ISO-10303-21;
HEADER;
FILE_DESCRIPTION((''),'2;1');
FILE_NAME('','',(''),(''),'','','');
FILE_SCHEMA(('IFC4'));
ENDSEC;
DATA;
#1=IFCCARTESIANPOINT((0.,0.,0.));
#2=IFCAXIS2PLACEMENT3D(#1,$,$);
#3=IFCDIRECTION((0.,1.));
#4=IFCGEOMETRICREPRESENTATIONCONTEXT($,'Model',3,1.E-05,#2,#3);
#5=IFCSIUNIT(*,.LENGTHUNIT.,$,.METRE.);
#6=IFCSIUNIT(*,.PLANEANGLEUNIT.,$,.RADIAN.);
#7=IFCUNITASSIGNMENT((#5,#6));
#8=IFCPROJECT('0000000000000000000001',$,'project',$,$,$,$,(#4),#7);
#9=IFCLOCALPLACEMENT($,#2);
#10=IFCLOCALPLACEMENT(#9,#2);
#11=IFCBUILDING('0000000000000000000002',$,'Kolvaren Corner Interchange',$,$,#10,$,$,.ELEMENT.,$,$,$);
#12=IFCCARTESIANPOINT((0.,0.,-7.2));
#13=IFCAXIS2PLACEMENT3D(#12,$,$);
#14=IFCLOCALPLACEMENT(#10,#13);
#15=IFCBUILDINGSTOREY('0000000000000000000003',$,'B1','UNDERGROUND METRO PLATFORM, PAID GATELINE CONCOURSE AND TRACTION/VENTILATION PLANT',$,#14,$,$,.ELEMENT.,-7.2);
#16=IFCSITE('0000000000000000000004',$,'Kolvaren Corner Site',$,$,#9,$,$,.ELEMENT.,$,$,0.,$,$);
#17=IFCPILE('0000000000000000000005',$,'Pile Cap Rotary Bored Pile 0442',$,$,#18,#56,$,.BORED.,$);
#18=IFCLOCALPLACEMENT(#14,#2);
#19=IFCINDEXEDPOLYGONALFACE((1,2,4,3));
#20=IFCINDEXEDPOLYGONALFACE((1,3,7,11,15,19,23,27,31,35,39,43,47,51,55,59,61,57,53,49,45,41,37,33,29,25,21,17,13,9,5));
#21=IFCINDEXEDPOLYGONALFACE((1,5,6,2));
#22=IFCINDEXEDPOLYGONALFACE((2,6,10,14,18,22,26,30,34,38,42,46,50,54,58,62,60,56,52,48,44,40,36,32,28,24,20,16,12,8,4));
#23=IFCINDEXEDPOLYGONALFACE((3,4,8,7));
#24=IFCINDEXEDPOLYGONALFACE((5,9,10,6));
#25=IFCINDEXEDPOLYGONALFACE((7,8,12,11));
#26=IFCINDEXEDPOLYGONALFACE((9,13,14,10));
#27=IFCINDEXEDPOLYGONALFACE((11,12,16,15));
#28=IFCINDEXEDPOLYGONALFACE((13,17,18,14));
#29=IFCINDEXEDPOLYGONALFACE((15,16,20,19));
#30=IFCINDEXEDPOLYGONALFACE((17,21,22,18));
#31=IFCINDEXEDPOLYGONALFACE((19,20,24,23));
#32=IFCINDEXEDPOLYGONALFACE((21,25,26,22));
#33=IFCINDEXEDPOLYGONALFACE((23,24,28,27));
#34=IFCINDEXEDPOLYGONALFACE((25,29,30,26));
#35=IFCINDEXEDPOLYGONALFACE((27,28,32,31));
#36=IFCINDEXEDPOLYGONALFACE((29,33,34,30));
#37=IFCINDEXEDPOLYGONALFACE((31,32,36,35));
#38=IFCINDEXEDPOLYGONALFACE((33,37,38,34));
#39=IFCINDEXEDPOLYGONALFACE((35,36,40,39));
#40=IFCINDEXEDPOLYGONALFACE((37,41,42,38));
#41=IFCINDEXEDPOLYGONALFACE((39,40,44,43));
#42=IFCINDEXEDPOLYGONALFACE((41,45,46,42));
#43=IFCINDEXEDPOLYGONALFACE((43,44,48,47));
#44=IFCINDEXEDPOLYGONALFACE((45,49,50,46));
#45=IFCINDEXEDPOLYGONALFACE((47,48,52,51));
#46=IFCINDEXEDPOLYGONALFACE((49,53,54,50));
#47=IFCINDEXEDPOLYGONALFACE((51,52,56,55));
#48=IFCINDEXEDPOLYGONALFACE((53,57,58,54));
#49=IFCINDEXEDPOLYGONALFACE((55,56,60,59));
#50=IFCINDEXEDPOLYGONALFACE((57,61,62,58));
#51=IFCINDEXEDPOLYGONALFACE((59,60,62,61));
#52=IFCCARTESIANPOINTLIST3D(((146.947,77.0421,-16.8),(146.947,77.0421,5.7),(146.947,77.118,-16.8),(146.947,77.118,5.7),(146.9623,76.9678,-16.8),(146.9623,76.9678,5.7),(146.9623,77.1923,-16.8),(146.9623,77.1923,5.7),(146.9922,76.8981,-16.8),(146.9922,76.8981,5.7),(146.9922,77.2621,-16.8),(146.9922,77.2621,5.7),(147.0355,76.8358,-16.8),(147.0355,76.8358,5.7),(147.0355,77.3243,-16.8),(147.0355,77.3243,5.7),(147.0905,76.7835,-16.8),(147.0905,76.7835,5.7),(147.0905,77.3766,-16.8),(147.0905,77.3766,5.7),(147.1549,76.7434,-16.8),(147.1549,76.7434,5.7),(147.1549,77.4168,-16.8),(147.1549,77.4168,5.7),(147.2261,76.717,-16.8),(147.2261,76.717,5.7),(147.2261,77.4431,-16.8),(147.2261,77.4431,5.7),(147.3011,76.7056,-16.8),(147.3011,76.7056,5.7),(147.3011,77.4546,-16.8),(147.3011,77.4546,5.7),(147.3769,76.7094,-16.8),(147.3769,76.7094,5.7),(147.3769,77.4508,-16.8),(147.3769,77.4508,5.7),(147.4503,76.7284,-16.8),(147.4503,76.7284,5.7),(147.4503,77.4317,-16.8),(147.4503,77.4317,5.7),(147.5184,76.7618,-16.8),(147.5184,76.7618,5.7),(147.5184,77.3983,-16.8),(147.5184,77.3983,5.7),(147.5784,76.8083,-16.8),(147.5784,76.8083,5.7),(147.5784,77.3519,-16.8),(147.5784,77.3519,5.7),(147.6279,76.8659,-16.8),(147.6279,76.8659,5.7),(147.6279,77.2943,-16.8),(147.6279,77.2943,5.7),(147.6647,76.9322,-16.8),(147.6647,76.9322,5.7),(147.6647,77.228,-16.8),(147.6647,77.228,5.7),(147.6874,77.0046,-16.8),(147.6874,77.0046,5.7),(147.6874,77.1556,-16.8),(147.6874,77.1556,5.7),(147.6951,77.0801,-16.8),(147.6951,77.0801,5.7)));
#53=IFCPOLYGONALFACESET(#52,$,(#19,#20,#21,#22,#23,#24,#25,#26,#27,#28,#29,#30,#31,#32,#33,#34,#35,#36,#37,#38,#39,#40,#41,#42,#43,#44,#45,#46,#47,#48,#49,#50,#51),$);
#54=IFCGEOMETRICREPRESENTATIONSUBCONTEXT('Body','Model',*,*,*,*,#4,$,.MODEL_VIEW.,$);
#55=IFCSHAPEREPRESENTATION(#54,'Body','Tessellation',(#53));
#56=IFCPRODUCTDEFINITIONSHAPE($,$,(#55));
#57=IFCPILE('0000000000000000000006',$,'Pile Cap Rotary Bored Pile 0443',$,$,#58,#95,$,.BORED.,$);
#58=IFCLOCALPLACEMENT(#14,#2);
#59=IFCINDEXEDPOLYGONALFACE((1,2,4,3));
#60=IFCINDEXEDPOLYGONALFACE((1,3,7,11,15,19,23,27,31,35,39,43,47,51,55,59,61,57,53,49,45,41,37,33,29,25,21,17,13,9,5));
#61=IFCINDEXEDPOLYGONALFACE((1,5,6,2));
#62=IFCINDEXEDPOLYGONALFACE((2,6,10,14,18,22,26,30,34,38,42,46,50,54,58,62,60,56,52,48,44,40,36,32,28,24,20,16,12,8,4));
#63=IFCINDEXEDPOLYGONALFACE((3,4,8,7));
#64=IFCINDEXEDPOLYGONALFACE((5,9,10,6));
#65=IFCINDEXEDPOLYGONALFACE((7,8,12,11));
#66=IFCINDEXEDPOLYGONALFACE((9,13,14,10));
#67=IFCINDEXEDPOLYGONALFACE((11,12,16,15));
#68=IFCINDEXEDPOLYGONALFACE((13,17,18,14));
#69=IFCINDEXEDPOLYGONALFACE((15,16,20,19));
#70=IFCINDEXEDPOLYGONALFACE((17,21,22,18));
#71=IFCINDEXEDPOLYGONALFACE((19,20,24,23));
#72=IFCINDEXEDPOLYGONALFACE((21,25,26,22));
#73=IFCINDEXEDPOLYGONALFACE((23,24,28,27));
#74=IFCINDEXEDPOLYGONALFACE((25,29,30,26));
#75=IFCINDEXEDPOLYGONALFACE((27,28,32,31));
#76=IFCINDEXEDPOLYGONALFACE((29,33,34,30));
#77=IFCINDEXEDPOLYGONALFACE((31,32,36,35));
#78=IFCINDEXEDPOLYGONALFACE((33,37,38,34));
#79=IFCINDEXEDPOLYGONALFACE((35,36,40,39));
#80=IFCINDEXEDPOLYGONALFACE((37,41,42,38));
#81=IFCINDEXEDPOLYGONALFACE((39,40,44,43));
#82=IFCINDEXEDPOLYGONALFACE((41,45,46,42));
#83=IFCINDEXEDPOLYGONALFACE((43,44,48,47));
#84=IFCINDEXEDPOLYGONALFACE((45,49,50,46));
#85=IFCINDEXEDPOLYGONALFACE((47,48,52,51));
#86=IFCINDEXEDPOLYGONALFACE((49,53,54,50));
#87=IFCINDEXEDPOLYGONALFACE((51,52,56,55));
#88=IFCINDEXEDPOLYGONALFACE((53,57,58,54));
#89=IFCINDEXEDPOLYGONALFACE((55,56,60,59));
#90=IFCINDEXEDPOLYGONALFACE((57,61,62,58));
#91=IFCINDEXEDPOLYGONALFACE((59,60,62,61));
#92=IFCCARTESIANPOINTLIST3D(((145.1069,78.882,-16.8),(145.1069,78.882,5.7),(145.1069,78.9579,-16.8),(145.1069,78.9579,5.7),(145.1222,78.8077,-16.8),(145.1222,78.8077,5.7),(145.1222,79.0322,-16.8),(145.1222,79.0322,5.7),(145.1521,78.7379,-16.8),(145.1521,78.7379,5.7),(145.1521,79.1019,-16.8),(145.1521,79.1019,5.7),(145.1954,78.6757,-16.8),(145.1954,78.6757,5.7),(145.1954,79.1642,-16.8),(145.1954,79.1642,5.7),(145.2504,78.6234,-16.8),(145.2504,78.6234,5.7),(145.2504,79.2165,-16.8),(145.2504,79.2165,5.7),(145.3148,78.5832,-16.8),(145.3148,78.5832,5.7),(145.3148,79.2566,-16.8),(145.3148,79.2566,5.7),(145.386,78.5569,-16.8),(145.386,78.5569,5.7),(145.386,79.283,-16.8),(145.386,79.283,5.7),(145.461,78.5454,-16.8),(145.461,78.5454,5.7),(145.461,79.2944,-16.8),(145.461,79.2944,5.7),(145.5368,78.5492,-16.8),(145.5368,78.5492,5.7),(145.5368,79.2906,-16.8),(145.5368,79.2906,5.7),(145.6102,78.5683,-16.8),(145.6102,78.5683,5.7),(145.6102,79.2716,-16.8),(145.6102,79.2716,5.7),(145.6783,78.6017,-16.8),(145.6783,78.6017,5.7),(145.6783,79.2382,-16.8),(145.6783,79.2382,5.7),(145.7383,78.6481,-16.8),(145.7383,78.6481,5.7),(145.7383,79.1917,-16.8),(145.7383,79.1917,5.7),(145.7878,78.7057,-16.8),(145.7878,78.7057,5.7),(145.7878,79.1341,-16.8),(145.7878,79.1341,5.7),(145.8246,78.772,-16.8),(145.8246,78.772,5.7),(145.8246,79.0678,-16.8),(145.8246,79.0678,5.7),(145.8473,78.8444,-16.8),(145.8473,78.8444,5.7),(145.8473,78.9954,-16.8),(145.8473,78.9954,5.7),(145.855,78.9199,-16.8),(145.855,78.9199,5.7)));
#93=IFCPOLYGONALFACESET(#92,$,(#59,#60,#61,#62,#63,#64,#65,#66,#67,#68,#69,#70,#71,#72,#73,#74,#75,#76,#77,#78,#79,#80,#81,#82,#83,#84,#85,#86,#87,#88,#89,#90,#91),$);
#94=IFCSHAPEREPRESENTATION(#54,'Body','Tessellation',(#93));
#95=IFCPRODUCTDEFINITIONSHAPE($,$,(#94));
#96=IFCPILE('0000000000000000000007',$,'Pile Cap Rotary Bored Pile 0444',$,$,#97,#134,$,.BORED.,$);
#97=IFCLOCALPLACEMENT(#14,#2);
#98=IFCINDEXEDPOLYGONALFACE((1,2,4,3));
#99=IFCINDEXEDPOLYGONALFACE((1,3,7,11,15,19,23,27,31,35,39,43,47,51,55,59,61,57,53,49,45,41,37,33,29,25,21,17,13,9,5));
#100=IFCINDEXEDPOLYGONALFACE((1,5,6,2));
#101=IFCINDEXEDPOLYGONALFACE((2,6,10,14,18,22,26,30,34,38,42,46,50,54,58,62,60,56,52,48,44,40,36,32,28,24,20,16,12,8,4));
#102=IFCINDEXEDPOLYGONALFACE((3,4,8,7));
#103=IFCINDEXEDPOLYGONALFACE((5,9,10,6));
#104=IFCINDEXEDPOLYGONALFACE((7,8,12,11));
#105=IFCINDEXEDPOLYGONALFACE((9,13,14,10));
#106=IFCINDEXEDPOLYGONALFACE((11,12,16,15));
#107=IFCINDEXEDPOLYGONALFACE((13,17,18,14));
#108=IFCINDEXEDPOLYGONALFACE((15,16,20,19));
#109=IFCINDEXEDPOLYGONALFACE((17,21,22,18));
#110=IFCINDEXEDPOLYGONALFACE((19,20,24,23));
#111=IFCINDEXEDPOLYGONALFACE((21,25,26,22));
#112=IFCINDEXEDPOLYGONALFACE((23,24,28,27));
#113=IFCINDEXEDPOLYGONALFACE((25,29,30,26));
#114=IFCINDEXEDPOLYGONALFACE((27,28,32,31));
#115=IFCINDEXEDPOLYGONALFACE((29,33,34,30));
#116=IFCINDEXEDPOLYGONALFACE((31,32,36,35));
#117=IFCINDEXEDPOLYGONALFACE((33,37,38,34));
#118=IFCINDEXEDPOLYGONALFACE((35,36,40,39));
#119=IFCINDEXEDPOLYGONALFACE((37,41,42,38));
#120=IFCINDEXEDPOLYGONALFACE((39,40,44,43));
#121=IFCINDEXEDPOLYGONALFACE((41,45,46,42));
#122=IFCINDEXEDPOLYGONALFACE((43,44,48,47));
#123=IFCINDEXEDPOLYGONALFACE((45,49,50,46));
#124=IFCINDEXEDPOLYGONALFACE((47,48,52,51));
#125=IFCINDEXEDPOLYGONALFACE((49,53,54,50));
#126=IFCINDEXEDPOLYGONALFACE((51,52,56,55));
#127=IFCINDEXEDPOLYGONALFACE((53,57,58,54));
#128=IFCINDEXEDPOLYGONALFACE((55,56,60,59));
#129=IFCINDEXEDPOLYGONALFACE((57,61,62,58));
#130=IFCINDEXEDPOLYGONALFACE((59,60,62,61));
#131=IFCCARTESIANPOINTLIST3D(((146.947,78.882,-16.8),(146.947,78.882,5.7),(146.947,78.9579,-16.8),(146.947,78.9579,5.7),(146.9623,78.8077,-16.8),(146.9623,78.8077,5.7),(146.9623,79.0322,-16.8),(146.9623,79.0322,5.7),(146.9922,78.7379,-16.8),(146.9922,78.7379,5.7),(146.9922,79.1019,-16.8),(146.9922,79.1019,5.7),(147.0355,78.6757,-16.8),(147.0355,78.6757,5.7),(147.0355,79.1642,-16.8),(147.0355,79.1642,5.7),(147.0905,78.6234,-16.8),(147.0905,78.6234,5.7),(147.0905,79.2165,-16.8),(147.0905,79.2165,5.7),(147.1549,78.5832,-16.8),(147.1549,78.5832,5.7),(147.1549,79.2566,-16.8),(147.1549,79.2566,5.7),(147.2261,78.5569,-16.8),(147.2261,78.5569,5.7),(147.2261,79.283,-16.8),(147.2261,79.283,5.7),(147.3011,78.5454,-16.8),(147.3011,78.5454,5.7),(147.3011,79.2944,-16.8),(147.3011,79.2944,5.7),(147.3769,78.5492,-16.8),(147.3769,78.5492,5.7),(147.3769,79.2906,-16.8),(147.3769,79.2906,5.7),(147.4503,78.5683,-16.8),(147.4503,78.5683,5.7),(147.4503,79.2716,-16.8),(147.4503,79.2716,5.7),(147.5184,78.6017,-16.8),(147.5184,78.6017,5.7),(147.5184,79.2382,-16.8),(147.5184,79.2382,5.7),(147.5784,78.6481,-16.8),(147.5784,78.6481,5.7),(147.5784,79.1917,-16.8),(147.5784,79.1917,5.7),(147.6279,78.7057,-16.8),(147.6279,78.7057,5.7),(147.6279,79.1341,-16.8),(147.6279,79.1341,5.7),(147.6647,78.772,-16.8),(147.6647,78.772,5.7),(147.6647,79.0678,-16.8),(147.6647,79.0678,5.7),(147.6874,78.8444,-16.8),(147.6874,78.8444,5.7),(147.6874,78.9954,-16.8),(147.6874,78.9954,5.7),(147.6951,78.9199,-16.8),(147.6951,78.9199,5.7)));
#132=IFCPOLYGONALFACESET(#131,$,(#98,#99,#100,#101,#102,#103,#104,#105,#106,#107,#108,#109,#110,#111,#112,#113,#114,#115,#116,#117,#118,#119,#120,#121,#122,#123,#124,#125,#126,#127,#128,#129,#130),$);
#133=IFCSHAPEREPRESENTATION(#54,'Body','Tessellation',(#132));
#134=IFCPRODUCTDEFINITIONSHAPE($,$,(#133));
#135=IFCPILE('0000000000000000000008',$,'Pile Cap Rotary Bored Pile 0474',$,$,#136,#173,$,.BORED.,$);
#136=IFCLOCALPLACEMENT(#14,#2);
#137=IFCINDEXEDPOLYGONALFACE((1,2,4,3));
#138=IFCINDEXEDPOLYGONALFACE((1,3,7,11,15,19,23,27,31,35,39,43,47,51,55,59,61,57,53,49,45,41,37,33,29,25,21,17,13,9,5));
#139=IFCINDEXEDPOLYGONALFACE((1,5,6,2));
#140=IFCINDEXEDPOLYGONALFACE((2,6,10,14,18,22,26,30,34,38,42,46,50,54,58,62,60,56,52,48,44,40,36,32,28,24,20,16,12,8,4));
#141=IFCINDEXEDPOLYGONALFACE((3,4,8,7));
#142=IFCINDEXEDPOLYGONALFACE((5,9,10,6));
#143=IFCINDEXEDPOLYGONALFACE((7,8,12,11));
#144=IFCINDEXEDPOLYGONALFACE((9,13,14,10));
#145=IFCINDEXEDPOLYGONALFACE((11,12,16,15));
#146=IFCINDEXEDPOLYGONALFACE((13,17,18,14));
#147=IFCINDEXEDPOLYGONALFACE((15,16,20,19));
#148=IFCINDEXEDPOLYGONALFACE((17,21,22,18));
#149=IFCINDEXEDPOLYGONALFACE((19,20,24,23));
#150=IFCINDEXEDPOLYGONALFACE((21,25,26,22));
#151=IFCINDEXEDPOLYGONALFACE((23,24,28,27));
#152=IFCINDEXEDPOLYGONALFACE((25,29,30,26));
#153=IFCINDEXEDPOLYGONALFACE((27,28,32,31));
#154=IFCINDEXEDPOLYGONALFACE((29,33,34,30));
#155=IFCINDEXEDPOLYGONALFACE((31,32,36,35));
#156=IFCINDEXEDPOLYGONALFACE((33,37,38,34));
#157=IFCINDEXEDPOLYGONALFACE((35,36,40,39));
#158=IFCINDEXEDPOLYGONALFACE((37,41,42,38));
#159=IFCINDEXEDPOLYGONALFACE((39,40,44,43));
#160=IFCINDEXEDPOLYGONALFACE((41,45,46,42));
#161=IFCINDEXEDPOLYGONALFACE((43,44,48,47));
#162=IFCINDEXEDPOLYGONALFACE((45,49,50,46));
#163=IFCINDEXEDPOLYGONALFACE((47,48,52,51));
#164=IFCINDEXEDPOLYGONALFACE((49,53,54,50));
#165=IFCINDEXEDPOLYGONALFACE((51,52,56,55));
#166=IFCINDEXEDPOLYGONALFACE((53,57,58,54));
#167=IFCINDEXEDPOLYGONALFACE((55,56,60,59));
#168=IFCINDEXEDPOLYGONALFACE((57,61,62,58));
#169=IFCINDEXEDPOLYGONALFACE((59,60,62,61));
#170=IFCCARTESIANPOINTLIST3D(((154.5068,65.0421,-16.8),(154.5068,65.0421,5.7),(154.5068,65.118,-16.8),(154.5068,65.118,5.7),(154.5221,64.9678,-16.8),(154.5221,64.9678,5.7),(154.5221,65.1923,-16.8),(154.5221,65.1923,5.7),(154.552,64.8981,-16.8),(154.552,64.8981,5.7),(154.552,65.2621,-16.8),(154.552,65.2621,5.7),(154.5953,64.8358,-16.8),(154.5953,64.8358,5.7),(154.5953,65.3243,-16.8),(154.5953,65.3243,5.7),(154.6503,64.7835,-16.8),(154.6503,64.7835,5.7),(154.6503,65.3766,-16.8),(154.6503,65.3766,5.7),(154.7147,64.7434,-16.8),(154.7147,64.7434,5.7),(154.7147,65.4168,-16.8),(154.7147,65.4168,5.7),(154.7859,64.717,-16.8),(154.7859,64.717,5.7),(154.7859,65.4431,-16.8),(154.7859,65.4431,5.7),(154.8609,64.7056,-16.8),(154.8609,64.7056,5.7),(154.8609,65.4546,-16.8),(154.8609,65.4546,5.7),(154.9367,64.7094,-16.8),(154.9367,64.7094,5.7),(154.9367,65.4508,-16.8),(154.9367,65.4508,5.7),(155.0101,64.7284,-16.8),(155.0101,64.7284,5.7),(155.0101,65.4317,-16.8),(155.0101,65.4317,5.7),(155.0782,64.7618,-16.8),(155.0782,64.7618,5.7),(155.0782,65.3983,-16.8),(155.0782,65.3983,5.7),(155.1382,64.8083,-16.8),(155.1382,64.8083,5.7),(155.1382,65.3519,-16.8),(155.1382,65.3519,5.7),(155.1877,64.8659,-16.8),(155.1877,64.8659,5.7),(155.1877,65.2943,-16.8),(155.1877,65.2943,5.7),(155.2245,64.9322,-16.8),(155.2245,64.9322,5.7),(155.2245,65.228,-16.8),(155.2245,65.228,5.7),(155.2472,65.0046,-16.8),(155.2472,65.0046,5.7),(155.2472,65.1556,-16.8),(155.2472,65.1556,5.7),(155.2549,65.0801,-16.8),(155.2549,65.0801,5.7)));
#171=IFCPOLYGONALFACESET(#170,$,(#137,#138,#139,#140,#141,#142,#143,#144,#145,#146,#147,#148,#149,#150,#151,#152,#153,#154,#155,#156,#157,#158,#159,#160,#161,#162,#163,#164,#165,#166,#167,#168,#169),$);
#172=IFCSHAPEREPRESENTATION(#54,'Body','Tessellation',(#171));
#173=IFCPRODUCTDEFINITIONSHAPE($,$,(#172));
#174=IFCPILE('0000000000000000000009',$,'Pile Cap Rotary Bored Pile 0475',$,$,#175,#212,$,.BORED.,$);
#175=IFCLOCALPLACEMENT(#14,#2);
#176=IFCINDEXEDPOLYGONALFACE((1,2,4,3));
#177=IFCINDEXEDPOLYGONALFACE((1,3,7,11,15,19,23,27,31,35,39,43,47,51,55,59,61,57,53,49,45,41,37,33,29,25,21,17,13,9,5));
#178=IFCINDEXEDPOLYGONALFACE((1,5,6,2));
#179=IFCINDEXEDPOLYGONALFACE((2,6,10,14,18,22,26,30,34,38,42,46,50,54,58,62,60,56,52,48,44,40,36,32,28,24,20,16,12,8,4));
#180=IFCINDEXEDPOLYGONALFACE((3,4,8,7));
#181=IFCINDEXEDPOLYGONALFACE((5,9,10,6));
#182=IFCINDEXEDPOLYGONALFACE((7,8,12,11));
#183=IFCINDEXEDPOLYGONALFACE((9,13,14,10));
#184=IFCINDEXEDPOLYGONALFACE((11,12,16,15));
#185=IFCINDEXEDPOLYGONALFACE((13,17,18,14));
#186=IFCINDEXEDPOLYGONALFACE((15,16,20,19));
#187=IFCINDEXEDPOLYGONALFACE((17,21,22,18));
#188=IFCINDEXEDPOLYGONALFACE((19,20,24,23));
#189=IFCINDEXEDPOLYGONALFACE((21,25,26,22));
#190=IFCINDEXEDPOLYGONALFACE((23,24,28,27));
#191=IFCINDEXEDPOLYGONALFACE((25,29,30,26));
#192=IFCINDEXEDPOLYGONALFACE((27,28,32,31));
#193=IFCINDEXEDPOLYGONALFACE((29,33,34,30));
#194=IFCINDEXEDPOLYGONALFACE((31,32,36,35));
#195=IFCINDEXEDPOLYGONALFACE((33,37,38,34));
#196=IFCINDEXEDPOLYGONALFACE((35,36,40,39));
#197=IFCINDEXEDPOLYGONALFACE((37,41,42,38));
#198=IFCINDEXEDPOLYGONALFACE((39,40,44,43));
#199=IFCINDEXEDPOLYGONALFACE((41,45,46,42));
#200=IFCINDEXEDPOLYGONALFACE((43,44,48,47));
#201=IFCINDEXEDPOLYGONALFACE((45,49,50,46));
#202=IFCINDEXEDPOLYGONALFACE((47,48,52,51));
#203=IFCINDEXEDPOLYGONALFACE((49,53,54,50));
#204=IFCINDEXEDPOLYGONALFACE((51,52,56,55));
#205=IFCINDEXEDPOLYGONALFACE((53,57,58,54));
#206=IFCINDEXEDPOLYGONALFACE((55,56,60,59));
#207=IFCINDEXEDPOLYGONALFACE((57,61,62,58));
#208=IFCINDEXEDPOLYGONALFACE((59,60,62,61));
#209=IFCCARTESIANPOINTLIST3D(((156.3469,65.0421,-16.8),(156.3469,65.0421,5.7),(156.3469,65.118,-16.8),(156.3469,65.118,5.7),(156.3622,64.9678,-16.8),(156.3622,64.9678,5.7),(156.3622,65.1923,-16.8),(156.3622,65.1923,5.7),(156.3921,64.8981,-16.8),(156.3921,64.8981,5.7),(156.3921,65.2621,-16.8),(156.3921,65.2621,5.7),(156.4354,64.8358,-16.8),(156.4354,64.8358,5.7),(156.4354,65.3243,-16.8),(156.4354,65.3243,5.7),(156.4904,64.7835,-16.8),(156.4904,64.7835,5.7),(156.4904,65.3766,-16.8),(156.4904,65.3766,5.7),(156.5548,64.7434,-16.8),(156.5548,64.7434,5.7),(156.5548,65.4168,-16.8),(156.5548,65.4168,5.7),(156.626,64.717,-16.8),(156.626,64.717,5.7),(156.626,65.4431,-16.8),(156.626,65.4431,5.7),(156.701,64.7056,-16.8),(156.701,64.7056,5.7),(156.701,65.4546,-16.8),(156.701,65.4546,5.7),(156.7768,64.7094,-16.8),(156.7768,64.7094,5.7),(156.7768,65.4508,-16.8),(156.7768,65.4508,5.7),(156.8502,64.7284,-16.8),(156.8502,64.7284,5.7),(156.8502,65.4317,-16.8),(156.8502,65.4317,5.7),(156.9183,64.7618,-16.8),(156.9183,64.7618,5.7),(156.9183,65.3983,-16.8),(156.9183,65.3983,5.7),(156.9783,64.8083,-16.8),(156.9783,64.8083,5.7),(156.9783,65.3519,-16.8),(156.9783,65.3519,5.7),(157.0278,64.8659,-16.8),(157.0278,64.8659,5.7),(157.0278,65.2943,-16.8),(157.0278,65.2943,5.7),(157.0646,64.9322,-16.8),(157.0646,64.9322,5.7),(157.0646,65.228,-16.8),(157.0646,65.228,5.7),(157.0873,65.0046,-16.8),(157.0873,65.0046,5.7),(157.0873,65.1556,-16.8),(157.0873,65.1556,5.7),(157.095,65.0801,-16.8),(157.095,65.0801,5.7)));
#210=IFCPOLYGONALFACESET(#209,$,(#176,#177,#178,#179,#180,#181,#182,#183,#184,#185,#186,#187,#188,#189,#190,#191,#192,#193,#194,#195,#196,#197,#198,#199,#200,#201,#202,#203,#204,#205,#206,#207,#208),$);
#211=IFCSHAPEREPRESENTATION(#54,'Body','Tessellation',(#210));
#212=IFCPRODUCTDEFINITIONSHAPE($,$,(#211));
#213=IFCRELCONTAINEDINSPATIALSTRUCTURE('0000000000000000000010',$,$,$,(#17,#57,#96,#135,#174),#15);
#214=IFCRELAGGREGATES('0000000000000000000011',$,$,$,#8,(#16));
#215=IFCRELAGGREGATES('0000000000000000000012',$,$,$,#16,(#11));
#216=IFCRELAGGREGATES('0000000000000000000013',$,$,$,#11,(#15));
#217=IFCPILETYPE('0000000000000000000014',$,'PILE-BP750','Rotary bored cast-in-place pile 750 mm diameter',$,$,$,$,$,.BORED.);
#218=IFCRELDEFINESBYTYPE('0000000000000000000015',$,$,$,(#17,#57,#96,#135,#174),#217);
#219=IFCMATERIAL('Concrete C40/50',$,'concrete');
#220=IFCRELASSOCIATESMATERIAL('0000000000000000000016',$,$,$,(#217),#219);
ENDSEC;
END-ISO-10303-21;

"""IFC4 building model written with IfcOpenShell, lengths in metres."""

from ifc_helpers import new_model, si_unit, direction, frame, origin, origin_2d, place, context, subcontext, project, spatial, circle, extrude, material, material_profile, profile_set, type_object, element, save


model = new_model("IFC4")

# Units and contexts
model_context = context("Model", 3, precision=1e-05, world=origin(), true_north=direction((0.0, 1.0)))
body_context = subcontext(model_context, "Body", "Model", "MODEL_VIEW")
ifc_project = project(units=[si_unit("LENGTHUNIT", "METRE"), si_unit("PLANEANGLEUNIT", "RADIAN")], contexts=[model_context])

# Site, building, storey
site_placement = place(None, origin())
site = spatial("IfcSite", under=ifc_project, at=site_placement, Name="Kolvaren Corner Site", CompositionType="ELEMENT", RefElevation=0.0)
building_placement = place(site_placement, origin())
building = spatial("IfcBuilding", under=site, at=building_placement, Name="Kolvaren Corner Interchange", CompositionType="ELEMENT")
storey_placement = place(building_placement, frame((0.0, 0.0, -7.2)))
storey = spatial("IfcBuildingStorey", under=building, at=storey_placement, Name="B1", Description="UNDERGROUND METRO PLATFORM, PAID GATELINE CONCOURSE AND TRACTION/VENTILATION PLANT", CompositionType="ELEMENT", Elevation=-7.2)

# Piles
ifc_material_1 = material(Name="Concrete C40/50", Category="concrete")
ifc_material_profile_1 = material_profile(ifc_material_1, circle(Radius=0.375, at=origin_2d()), Name="BORED PILE 750")
ifc_profile_set_1 = profile_set([ifc_material_profile_1], Name="Concrete C40/50")
pile_type_1 = type_object("IfcPileType", Name="PILE-BP750", Description="Rotary bored cast-in-place pile 750 mm diameter", PredefinedType="BORED", material=ifc_profile_set_1)
for number, where, z_axis, x_axis, name in (
    (1, (147.3201, 77.0801, 5.7), (0.0, 0.0, -1.0), (1.0, 0.0, 0.0), "Pile Cap Rotary Bored Pile 0442"),
    (2, (145.48, 78.9199, 5.7), (0.0, 0.0, -1.0), (1.0, 0.0, 0.0), "Pile Cap Rotary Bored Pile 0443"),
    (3, (147.3201, 78.9199, 5.7), (0.0, 0.0, -1.0), (1.0, 0.0, 0.0), "Pile Cap Rotary Bored Pile 0444"),
    (4, (154.8799, 65.0801, 5.7), (0.0, 0.0, -1.0), (1.0, 0.0, 0.0), "Pile Cap Rotary Bored Pile 0474"),
    (5, (156.72, 65.0801, 5.7), (0.0, 0.0, -1.0), (1.0, 0.0, 0.0), "Pile Cap Rotary Bored Pile 0475"),
):
    element("IfcPile", number, at=place(storey_placement, frame(where, z_axis=z_axis, x_axis=x_axis)), inside=storey, type_object=pile_type_1, Name=name, PredefinedType="BORED", context=body_context, shape_type="SweptSolid", body=[
        extrude(circle(Radius=0.375, at=origin_2d()), origin(), (0.0, 0.0, 1.0), 22.5),
    ])

save(model, "model.ifc")
